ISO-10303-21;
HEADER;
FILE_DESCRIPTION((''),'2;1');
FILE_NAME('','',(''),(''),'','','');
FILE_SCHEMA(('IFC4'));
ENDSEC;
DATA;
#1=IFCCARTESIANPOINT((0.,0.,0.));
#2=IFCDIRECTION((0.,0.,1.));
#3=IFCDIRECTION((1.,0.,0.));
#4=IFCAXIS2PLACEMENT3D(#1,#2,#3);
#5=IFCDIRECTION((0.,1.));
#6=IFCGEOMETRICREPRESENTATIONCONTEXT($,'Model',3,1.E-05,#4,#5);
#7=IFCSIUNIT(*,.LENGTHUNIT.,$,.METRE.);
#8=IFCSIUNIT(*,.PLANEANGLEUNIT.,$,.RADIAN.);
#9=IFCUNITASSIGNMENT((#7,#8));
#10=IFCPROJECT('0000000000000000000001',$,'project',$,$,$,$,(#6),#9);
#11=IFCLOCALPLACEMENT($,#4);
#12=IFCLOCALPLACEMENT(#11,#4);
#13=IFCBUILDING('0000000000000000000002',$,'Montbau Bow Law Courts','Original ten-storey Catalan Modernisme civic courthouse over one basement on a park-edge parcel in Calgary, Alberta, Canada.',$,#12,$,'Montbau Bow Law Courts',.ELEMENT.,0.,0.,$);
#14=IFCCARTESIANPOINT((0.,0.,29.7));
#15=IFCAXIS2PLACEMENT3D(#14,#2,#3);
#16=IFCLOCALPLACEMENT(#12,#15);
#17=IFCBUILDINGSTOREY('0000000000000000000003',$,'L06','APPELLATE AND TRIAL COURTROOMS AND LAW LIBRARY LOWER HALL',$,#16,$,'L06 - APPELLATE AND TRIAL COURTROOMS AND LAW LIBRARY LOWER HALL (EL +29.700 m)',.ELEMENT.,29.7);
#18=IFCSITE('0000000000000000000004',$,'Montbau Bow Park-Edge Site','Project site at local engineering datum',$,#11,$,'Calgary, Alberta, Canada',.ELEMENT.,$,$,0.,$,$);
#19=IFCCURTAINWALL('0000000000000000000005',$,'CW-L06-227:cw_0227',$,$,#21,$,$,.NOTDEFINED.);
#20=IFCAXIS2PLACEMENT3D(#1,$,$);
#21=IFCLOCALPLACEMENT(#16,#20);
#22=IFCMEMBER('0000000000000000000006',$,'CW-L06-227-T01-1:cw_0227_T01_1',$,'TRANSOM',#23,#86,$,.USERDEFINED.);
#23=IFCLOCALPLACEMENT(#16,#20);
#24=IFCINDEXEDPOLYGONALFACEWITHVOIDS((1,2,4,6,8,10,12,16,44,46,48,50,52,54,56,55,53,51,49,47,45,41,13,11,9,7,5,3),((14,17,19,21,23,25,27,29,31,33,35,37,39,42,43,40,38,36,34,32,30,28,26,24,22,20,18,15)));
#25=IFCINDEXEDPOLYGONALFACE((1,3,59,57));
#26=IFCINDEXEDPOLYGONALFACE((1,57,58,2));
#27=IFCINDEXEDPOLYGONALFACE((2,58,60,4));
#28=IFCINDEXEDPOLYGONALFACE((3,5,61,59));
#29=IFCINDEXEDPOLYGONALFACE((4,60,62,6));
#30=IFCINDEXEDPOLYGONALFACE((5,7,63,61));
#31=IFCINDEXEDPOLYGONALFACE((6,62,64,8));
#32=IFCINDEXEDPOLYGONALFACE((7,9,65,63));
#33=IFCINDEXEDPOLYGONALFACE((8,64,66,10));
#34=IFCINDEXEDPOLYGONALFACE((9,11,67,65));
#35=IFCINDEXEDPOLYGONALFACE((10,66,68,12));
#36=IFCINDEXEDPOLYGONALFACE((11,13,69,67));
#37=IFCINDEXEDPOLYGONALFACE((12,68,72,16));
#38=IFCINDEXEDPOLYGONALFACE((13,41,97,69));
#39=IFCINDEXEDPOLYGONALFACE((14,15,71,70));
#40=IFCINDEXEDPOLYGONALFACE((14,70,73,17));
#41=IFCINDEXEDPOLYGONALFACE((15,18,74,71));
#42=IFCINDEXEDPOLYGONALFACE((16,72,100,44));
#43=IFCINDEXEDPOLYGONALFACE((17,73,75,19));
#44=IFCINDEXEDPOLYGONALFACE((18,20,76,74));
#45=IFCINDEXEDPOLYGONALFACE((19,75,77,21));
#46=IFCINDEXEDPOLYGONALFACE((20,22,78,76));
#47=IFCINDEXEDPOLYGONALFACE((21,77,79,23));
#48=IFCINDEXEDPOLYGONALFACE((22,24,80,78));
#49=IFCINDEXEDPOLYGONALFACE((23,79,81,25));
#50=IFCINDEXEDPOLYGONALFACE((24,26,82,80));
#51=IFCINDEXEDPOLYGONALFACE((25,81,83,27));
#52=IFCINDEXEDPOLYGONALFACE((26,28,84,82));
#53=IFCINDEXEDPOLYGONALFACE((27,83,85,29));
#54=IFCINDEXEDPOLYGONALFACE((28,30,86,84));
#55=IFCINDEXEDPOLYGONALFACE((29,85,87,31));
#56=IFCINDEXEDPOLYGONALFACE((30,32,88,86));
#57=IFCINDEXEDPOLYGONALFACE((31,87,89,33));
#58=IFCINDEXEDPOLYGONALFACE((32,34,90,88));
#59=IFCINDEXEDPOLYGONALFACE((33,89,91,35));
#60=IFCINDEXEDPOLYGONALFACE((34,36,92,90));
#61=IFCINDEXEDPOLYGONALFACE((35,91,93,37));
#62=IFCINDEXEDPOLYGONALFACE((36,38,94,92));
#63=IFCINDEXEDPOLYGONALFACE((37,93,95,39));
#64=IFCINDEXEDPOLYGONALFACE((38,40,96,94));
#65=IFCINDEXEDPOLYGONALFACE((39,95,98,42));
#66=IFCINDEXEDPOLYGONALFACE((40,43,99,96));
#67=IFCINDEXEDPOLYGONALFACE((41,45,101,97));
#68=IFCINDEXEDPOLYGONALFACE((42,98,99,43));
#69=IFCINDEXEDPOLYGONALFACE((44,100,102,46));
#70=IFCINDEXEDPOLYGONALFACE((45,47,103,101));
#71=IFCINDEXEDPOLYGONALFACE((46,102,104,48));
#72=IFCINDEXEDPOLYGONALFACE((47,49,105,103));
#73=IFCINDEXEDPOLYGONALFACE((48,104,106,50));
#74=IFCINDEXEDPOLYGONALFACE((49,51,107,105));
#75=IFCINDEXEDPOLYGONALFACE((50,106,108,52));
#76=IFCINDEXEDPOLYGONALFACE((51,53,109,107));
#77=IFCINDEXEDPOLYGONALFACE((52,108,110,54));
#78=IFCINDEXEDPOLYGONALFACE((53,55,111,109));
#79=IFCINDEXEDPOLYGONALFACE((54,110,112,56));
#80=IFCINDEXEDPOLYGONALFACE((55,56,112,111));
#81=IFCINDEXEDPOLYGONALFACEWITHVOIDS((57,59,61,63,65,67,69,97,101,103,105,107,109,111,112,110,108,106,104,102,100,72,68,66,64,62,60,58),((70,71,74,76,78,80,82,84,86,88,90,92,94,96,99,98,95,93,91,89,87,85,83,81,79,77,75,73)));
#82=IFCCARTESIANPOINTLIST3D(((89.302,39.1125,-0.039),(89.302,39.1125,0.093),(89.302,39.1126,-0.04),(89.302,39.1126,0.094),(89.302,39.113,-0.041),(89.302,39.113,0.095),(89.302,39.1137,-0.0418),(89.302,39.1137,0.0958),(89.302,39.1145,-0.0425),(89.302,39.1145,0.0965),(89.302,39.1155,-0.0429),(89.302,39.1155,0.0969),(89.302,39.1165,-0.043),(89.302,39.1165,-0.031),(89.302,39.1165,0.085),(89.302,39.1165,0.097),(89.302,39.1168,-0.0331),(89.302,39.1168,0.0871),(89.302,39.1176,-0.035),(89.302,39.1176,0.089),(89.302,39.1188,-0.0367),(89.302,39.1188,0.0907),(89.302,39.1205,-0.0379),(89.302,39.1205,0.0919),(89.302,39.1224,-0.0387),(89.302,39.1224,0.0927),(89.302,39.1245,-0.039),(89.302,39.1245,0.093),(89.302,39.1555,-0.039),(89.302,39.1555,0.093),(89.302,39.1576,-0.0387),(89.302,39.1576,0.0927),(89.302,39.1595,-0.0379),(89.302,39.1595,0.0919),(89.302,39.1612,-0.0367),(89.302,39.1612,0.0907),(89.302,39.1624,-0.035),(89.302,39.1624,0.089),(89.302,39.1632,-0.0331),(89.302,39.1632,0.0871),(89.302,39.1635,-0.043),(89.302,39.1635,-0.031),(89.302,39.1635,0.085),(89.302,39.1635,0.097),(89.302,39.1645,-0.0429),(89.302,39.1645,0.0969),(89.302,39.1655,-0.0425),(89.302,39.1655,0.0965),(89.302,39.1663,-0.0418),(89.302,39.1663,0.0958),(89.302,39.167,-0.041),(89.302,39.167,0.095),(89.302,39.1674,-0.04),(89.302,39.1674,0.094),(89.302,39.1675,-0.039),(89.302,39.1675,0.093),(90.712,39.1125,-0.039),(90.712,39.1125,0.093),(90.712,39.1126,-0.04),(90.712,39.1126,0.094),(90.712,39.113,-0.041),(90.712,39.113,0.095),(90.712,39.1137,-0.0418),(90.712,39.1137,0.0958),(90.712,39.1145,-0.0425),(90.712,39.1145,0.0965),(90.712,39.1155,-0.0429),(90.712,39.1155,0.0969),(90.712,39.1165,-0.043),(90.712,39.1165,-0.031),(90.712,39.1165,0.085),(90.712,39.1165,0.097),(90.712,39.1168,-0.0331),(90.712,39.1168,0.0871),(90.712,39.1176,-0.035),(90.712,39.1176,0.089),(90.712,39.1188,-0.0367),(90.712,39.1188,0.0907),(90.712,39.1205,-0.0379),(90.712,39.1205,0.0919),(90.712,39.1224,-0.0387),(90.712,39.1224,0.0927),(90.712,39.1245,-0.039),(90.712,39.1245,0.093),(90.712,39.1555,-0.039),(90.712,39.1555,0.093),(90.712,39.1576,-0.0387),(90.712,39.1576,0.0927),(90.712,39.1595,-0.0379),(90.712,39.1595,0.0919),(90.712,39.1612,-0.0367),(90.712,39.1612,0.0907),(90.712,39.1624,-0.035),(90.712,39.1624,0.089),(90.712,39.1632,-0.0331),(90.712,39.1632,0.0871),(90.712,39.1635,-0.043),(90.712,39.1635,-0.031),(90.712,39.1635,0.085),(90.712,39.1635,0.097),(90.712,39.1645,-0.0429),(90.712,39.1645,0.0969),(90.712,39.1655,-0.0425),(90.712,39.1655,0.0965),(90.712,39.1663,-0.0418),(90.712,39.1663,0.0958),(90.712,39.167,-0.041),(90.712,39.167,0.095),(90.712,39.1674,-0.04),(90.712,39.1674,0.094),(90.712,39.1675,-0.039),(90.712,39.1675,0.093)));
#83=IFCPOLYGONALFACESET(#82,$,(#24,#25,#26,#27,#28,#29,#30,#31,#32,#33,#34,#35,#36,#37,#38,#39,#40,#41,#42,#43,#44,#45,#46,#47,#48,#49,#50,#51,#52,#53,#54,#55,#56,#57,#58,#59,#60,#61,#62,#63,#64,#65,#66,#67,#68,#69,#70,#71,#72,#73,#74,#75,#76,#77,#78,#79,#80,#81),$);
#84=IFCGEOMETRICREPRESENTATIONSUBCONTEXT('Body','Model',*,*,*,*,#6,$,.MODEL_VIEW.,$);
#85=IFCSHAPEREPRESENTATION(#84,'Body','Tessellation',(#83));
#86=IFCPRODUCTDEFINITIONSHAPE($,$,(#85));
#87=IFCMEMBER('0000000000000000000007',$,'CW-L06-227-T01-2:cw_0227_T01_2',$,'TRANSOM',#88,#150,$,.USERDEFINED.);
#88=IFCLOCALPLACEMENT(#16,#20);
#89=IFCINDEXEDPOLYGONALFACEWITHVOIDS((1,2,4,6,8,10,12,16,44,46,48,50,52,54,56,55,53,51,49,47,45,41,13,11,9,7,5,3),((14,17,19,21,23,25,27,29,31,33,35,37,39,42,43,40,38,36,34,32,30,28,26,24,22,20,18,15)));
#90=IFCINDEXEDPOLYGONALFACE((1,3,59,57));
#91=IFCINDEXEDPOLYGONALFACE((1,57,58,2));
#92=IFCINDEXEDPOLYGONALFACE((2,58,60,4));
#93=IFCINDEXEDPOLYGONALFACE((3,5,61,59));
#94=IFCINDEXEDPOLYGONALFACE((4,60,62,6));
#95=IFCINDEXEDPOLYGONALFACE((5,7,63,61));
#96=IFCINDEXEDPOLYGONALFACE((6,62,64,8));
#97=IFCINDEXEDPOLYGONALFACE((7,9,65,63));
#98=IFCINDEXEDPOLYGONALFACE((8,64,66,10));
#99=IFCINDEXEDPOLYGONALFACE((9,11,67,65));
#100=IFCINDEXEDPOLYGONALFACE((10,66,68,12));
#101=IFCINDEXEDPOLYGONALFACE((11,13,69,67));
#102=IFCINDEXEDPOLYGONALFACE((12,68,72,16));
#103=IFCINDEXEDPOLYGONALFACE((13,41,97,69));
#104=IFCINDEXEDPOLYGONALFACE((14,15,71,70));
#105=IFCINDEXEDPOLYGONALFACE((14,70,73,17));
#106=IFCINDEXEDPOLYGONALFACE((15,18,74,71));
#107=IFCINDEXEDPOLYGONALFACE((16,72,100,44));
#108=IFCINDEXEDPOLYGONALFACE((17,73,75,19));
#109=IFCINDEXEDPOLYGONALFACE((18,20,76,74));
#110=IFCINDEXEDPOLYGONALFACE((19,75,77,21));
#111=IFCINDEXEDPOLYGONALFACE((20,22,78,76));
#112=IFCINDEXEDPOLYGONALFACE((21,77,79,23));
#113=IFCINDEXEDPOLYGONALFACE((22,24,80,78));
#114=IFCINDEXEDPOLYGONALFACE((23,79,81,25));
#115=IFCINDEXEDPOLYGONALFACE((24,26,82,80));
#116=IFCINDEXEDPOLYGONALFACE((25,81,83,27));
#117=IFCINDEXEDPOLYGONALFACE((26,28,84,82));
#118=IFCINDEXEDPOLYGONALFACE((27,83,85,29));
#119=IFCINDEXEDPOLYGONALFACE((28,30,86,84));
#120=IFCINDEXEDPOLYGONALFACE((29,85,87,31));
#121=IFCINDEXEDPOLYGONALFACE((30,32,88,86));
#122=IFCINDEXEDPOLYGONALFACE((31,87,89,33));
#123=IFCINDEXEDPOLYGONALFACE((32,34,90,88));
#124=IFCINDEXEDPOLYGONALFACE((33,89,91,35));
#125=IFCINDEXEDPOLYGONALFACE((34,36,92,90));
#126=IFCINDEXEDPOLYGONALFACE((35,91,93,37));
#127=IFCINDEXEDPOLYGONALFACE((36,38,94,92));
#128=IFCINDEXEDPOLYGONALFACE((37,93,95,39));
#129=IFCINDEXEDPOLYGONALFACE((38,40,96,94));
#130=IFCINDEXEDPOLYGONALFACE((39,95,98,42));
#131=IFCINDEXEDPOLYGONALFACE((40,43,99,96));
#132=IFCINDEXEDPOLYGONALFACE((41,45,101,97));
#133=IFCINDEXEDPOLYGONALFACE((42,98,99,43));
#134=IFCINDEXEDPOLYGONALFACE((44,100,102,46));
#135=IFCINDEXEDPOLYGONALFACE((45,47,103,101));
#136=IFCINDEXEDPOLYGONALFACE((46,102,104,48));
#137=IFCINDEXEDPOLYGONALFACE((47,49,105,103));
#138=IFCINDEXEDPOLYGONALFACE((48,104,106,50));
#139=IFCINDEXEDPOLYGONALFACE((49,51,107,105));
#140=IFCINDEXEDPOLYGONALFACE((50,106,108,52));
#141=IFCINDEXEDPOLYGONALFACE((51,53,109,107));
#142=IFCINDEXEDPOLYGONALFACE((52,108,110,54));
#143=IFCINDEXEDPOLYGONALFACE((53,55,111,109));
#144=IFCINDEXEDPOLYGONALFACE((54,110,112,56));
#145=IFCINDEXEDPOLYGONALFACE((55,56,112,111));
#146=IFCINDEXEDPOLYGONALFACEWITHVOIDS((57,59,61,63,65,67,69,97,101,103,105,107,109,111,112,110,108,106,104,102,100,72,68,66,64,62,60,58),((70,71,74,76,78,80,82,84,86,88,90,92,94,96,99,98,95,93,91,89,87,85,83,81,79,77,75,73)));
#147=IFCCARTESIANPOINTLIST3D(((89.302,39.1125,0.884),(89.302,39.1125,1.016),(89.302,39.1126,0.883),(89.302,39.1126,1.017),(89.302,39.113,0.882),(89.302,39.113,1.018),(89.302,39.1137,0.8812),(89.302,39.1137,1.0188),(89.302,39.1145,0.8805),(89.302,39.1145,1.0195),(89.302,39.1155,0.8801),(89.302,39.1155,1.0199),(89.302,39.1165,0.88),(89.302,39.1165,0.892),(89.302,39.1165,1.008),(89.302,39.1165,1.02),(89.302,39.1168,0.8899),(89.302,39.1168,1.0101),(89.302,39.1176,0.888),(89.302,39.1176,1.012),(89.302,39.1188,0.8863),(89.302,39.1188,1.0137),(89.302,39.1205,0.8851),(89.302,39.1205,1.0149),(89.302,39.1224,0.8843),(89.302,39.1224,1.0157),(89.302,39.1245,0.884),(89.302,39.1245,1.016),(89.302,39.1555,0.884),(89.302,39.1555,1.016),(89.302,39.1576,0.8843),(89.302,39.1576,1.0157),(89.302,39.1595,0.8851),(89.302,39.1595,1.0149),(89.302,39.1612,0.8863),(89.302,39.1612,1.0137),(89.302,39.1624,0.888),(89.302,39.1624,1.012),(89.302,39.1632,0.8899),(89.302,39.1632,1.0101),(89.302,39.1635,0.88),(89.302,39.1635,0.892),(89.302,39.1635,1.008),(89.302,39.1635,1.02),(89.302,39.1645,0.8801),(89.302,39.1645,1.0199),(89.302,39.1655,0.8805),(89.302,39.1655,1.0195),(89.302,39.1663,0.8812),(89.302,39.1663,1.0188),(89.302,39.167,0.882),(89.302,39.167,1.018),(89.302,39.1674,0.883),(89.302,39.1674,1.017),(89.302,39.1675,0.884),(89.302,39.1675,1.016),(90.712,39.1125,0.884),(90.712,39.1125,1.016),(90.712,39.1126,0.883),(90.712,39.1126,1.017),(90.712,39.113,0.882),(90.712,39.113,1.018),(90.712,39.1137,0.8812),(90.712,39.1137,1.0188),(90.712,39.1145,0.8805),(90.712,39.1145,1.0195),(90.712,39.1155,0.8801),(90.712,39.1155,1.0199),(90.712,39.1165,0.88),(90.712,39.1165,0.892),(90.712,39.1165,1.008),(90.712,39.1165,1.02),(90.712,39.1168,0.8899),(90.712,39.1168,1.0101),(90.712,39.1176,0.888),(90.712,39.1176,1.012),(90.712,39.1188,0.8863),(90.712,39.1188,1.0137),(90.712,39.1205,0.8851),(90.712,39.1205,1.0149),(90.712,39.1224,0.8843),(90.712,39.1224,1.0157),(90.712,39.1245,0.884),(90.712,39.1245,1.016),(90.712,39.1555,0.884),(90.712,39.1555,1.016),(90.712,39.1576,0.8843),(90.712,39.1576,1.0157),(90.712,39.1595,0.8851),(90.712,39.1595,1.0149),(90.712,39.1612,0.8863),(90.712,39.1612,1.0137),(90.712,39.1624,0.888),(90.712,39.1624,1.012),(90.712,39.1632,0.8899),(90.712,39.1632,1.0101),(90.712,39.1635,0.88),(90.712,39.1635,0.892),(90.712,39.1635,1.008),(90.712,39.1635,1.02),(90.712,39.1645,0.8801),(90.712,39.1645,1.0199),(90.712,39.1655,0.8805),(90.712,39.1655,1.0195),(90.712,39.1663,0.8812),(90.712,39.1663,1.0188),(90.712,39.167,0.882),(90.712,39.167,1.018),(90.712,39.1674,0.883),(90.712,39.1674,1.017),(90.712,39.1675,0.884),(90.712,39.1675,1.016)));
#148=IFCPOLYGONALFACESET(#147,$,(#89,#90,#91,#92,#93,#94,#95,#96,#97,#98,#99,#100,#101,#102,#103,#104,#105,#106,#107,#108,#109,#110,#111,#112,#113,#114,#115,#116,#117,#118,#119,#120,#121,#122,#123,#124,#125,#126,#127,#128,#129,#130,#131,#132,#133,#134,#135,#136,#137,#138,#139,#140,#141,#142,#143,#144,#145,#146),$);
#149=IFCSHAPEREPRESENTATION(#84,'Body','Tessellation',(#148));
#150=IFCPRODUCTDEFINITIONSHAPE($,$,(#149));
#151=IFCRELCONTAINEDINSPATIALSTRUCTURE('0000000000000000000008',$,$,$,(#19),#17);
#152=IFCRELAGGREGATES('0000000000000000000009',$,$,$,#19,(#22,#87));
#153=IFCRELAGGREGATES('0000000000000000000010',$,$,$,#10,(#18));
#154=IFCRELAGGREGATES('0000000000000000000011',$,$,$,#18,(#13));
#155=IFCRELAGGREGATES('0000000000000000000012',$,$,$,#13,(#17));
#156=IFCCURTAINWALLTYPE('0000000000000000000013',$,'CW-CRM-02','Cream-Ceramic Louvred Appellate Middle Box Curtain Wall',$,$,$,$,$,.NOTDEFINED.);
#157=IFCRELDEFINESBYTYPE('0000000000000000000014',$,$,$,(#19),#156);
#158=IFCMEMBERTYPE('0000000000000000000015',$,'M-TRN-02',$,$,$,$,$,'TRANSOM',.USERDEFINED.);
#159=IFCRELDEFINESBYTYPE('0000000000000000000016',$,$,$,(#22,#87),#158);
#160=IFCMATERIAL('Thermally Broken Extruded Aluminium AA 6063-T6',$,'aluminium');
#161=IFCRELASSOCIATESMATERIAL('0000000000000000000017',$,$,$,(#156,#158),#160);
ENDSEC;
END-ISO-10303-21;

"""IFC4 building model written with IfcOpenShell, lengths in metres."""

from ifc_helpers import new_model, si_unit, direction, frame, origin_with_axes, origin_2d_with_axis, place, context, subcontext, project, spatial, hollow_rectangle, extrude, material, material_profile, profile_set, type_object, element, aggregate, save


model = new_model("IFC4")

# Units and contexts
model_context = context("Model", 3, precision=1e-05, world=origin_with_axes(), true_north=direction((0.0, 1.0)))
body_context = subcontext(model_context, "Body", "Model", "MODEL_VIEW")
ifc_project = project(units=[si_unit("LENGTHUNIT", "METRE"), si_unit("PLANEANGLEUNIT", "RADIAN")], contexts=[model_context])

# Site, building, storey
site_placement = place(None, origin_with_axes())
site = spatial("IfcSite", under=ifc_project, at=site_placement, Name="Montbau Bow Park-Edge Site", Description="Project site at local engineering datum", LongName="Calgary, Alberta, Canada", CompositionType="ELEMENT", RefElevation=0.0)
building_placement = place(site_placement, origin_with_axes())
building = spatial("IfcBuilding", under=site, at=building_placement, Name="Montbau Bow Law Courts", Description="Original ten-storey Catalan Modernisme civic courthouse over one basement on a park-edge parcel in Calgary, Alberta, Canada.", LongName="Montbau Bow Law Courts", CompositionType="ELEMENT", ElevationOfRefHeight=0.0, ElevationOfTerrain=0.0)
storey_placement = place(building_placement, frame((0.0, 0.0, 29.7), z_axis=(0.0, 0.0, 1.0), x_axis=(1.0, 0.0, 0.0)))
storey = spatial("IfcBuildingStorey", under=building, at=storey_placement, Name="L06", Description="APPELLATE AND TRIAL COURTROOMS AND LAW LIBRARY LOWER HALL", LongName="L06 - APPELLATE AND TRIAL COURTROOMS AND LAW LIBRARY LOWER HALL (EL +29.700 m)", CompositionType="ELEMENT", Elevation=29.7)

# Shared definitions
ifc_material_1 = material(Name="Thermally Broken Extruded Aluminium AA 6063-T6", Category="aluminium")
curtain_wall_type = type_object("IfcCurtainWallType", Name="CW-CRM-02", Description="Cream-Ceramic Louvred Appellate Middle Box Curtain Wall", PredefinedType="NOTDEFINED", material=ifc_material_1)

# Curtain wall
curtain_wall_1_placement = place(None, frame((89.24, 39.14, 29.7), z_axis=(0.0, 0.0, 1.0), x_axis=(1.0, 0.0, 0.0)))
curtain_wall_1 = element("IfcCurtainWall", 1, at=curtain_wall_1_placement, inside=storey, type_object=curtain_wall_type, Name="CW-L06-227:cw_0227", PredefinedType="NOTDEFINED")

# Members
ifc_material_profile_1 = material_profile(ifc_material_1, hollow_rectangle(XDim=0.055, YDim=0.14, WallThickness=0.004, InnerFilletRadius=0.008, OuterFilletRadius=0.004, at=origin_2d_with_axis()), Name="CWT-140X55", Category="Main", Priority=0)
ifc_profile_set_1 = profile_set([ifc_material_profile_1], Name="Thermally Broken Extruded Aluminium AA 6063-T6")
member_type_1 = type_object("IfcMemberType", Name="M-TRN-02", ElementType="TRANSOM", PredefinedType="USERDEFINED", material=ifc_profile_set_1)
member_1_placement = place(None, frame((89.302, 39.14, 29.727), z_axis=(1.0, 0.0, 0.0), x_axis=(0.0, 1.0, 0.0)))
member_1 = element("IfcMember", 2, at=member_1_placement, type_object=member_type_1, Name="CW-L06-227-T01-1:cw_0227_T01_1", ObjectType="TRANSOM", PredefinedType="USERDEFINED", context=body_context, shape_type="SweptSolid", body=[
    extrude(hollow_rectangle(XDim=0.055, YDim=0.14, WallThickness=0.004, InnerFilletRadius=0.008, OuterFilletRadius=0.004, at=origin_2d_with_axis()), origin_with_axes(), (0.0, 0.0, 1.0), 1.41),
])
member_2_placement = place(None, frame((89.302, 39.14, 30.65), z_axis=(1.0, 0.0, 0.0), x_axis=(0.0, 1.0, 0.0)))
member_2 = element("IfcMember", 3, at=member_2_placement, type_object=member_type_1, Name="CW-L06-227-T01-2:cw_0227_T01_2", ObjectType="TRANSOM", PredefinedType="USERDEFINED", context=body_context, shape_type="SweptSolid", body=[
    extrude(hollow_rectangle(XDim=0.055, YDim=0.14, WallThickness=0.004, InnerFilletRadius=0.008, OuterFilletRadius=0.004, at=origin_2d_with_axis()), origin_with_axes(), (0.0, 0.0, 1.0), 1.41),
])

aggregate(curtain_wall_1, [member_1, member_2])

save(model, "model.ifc")
